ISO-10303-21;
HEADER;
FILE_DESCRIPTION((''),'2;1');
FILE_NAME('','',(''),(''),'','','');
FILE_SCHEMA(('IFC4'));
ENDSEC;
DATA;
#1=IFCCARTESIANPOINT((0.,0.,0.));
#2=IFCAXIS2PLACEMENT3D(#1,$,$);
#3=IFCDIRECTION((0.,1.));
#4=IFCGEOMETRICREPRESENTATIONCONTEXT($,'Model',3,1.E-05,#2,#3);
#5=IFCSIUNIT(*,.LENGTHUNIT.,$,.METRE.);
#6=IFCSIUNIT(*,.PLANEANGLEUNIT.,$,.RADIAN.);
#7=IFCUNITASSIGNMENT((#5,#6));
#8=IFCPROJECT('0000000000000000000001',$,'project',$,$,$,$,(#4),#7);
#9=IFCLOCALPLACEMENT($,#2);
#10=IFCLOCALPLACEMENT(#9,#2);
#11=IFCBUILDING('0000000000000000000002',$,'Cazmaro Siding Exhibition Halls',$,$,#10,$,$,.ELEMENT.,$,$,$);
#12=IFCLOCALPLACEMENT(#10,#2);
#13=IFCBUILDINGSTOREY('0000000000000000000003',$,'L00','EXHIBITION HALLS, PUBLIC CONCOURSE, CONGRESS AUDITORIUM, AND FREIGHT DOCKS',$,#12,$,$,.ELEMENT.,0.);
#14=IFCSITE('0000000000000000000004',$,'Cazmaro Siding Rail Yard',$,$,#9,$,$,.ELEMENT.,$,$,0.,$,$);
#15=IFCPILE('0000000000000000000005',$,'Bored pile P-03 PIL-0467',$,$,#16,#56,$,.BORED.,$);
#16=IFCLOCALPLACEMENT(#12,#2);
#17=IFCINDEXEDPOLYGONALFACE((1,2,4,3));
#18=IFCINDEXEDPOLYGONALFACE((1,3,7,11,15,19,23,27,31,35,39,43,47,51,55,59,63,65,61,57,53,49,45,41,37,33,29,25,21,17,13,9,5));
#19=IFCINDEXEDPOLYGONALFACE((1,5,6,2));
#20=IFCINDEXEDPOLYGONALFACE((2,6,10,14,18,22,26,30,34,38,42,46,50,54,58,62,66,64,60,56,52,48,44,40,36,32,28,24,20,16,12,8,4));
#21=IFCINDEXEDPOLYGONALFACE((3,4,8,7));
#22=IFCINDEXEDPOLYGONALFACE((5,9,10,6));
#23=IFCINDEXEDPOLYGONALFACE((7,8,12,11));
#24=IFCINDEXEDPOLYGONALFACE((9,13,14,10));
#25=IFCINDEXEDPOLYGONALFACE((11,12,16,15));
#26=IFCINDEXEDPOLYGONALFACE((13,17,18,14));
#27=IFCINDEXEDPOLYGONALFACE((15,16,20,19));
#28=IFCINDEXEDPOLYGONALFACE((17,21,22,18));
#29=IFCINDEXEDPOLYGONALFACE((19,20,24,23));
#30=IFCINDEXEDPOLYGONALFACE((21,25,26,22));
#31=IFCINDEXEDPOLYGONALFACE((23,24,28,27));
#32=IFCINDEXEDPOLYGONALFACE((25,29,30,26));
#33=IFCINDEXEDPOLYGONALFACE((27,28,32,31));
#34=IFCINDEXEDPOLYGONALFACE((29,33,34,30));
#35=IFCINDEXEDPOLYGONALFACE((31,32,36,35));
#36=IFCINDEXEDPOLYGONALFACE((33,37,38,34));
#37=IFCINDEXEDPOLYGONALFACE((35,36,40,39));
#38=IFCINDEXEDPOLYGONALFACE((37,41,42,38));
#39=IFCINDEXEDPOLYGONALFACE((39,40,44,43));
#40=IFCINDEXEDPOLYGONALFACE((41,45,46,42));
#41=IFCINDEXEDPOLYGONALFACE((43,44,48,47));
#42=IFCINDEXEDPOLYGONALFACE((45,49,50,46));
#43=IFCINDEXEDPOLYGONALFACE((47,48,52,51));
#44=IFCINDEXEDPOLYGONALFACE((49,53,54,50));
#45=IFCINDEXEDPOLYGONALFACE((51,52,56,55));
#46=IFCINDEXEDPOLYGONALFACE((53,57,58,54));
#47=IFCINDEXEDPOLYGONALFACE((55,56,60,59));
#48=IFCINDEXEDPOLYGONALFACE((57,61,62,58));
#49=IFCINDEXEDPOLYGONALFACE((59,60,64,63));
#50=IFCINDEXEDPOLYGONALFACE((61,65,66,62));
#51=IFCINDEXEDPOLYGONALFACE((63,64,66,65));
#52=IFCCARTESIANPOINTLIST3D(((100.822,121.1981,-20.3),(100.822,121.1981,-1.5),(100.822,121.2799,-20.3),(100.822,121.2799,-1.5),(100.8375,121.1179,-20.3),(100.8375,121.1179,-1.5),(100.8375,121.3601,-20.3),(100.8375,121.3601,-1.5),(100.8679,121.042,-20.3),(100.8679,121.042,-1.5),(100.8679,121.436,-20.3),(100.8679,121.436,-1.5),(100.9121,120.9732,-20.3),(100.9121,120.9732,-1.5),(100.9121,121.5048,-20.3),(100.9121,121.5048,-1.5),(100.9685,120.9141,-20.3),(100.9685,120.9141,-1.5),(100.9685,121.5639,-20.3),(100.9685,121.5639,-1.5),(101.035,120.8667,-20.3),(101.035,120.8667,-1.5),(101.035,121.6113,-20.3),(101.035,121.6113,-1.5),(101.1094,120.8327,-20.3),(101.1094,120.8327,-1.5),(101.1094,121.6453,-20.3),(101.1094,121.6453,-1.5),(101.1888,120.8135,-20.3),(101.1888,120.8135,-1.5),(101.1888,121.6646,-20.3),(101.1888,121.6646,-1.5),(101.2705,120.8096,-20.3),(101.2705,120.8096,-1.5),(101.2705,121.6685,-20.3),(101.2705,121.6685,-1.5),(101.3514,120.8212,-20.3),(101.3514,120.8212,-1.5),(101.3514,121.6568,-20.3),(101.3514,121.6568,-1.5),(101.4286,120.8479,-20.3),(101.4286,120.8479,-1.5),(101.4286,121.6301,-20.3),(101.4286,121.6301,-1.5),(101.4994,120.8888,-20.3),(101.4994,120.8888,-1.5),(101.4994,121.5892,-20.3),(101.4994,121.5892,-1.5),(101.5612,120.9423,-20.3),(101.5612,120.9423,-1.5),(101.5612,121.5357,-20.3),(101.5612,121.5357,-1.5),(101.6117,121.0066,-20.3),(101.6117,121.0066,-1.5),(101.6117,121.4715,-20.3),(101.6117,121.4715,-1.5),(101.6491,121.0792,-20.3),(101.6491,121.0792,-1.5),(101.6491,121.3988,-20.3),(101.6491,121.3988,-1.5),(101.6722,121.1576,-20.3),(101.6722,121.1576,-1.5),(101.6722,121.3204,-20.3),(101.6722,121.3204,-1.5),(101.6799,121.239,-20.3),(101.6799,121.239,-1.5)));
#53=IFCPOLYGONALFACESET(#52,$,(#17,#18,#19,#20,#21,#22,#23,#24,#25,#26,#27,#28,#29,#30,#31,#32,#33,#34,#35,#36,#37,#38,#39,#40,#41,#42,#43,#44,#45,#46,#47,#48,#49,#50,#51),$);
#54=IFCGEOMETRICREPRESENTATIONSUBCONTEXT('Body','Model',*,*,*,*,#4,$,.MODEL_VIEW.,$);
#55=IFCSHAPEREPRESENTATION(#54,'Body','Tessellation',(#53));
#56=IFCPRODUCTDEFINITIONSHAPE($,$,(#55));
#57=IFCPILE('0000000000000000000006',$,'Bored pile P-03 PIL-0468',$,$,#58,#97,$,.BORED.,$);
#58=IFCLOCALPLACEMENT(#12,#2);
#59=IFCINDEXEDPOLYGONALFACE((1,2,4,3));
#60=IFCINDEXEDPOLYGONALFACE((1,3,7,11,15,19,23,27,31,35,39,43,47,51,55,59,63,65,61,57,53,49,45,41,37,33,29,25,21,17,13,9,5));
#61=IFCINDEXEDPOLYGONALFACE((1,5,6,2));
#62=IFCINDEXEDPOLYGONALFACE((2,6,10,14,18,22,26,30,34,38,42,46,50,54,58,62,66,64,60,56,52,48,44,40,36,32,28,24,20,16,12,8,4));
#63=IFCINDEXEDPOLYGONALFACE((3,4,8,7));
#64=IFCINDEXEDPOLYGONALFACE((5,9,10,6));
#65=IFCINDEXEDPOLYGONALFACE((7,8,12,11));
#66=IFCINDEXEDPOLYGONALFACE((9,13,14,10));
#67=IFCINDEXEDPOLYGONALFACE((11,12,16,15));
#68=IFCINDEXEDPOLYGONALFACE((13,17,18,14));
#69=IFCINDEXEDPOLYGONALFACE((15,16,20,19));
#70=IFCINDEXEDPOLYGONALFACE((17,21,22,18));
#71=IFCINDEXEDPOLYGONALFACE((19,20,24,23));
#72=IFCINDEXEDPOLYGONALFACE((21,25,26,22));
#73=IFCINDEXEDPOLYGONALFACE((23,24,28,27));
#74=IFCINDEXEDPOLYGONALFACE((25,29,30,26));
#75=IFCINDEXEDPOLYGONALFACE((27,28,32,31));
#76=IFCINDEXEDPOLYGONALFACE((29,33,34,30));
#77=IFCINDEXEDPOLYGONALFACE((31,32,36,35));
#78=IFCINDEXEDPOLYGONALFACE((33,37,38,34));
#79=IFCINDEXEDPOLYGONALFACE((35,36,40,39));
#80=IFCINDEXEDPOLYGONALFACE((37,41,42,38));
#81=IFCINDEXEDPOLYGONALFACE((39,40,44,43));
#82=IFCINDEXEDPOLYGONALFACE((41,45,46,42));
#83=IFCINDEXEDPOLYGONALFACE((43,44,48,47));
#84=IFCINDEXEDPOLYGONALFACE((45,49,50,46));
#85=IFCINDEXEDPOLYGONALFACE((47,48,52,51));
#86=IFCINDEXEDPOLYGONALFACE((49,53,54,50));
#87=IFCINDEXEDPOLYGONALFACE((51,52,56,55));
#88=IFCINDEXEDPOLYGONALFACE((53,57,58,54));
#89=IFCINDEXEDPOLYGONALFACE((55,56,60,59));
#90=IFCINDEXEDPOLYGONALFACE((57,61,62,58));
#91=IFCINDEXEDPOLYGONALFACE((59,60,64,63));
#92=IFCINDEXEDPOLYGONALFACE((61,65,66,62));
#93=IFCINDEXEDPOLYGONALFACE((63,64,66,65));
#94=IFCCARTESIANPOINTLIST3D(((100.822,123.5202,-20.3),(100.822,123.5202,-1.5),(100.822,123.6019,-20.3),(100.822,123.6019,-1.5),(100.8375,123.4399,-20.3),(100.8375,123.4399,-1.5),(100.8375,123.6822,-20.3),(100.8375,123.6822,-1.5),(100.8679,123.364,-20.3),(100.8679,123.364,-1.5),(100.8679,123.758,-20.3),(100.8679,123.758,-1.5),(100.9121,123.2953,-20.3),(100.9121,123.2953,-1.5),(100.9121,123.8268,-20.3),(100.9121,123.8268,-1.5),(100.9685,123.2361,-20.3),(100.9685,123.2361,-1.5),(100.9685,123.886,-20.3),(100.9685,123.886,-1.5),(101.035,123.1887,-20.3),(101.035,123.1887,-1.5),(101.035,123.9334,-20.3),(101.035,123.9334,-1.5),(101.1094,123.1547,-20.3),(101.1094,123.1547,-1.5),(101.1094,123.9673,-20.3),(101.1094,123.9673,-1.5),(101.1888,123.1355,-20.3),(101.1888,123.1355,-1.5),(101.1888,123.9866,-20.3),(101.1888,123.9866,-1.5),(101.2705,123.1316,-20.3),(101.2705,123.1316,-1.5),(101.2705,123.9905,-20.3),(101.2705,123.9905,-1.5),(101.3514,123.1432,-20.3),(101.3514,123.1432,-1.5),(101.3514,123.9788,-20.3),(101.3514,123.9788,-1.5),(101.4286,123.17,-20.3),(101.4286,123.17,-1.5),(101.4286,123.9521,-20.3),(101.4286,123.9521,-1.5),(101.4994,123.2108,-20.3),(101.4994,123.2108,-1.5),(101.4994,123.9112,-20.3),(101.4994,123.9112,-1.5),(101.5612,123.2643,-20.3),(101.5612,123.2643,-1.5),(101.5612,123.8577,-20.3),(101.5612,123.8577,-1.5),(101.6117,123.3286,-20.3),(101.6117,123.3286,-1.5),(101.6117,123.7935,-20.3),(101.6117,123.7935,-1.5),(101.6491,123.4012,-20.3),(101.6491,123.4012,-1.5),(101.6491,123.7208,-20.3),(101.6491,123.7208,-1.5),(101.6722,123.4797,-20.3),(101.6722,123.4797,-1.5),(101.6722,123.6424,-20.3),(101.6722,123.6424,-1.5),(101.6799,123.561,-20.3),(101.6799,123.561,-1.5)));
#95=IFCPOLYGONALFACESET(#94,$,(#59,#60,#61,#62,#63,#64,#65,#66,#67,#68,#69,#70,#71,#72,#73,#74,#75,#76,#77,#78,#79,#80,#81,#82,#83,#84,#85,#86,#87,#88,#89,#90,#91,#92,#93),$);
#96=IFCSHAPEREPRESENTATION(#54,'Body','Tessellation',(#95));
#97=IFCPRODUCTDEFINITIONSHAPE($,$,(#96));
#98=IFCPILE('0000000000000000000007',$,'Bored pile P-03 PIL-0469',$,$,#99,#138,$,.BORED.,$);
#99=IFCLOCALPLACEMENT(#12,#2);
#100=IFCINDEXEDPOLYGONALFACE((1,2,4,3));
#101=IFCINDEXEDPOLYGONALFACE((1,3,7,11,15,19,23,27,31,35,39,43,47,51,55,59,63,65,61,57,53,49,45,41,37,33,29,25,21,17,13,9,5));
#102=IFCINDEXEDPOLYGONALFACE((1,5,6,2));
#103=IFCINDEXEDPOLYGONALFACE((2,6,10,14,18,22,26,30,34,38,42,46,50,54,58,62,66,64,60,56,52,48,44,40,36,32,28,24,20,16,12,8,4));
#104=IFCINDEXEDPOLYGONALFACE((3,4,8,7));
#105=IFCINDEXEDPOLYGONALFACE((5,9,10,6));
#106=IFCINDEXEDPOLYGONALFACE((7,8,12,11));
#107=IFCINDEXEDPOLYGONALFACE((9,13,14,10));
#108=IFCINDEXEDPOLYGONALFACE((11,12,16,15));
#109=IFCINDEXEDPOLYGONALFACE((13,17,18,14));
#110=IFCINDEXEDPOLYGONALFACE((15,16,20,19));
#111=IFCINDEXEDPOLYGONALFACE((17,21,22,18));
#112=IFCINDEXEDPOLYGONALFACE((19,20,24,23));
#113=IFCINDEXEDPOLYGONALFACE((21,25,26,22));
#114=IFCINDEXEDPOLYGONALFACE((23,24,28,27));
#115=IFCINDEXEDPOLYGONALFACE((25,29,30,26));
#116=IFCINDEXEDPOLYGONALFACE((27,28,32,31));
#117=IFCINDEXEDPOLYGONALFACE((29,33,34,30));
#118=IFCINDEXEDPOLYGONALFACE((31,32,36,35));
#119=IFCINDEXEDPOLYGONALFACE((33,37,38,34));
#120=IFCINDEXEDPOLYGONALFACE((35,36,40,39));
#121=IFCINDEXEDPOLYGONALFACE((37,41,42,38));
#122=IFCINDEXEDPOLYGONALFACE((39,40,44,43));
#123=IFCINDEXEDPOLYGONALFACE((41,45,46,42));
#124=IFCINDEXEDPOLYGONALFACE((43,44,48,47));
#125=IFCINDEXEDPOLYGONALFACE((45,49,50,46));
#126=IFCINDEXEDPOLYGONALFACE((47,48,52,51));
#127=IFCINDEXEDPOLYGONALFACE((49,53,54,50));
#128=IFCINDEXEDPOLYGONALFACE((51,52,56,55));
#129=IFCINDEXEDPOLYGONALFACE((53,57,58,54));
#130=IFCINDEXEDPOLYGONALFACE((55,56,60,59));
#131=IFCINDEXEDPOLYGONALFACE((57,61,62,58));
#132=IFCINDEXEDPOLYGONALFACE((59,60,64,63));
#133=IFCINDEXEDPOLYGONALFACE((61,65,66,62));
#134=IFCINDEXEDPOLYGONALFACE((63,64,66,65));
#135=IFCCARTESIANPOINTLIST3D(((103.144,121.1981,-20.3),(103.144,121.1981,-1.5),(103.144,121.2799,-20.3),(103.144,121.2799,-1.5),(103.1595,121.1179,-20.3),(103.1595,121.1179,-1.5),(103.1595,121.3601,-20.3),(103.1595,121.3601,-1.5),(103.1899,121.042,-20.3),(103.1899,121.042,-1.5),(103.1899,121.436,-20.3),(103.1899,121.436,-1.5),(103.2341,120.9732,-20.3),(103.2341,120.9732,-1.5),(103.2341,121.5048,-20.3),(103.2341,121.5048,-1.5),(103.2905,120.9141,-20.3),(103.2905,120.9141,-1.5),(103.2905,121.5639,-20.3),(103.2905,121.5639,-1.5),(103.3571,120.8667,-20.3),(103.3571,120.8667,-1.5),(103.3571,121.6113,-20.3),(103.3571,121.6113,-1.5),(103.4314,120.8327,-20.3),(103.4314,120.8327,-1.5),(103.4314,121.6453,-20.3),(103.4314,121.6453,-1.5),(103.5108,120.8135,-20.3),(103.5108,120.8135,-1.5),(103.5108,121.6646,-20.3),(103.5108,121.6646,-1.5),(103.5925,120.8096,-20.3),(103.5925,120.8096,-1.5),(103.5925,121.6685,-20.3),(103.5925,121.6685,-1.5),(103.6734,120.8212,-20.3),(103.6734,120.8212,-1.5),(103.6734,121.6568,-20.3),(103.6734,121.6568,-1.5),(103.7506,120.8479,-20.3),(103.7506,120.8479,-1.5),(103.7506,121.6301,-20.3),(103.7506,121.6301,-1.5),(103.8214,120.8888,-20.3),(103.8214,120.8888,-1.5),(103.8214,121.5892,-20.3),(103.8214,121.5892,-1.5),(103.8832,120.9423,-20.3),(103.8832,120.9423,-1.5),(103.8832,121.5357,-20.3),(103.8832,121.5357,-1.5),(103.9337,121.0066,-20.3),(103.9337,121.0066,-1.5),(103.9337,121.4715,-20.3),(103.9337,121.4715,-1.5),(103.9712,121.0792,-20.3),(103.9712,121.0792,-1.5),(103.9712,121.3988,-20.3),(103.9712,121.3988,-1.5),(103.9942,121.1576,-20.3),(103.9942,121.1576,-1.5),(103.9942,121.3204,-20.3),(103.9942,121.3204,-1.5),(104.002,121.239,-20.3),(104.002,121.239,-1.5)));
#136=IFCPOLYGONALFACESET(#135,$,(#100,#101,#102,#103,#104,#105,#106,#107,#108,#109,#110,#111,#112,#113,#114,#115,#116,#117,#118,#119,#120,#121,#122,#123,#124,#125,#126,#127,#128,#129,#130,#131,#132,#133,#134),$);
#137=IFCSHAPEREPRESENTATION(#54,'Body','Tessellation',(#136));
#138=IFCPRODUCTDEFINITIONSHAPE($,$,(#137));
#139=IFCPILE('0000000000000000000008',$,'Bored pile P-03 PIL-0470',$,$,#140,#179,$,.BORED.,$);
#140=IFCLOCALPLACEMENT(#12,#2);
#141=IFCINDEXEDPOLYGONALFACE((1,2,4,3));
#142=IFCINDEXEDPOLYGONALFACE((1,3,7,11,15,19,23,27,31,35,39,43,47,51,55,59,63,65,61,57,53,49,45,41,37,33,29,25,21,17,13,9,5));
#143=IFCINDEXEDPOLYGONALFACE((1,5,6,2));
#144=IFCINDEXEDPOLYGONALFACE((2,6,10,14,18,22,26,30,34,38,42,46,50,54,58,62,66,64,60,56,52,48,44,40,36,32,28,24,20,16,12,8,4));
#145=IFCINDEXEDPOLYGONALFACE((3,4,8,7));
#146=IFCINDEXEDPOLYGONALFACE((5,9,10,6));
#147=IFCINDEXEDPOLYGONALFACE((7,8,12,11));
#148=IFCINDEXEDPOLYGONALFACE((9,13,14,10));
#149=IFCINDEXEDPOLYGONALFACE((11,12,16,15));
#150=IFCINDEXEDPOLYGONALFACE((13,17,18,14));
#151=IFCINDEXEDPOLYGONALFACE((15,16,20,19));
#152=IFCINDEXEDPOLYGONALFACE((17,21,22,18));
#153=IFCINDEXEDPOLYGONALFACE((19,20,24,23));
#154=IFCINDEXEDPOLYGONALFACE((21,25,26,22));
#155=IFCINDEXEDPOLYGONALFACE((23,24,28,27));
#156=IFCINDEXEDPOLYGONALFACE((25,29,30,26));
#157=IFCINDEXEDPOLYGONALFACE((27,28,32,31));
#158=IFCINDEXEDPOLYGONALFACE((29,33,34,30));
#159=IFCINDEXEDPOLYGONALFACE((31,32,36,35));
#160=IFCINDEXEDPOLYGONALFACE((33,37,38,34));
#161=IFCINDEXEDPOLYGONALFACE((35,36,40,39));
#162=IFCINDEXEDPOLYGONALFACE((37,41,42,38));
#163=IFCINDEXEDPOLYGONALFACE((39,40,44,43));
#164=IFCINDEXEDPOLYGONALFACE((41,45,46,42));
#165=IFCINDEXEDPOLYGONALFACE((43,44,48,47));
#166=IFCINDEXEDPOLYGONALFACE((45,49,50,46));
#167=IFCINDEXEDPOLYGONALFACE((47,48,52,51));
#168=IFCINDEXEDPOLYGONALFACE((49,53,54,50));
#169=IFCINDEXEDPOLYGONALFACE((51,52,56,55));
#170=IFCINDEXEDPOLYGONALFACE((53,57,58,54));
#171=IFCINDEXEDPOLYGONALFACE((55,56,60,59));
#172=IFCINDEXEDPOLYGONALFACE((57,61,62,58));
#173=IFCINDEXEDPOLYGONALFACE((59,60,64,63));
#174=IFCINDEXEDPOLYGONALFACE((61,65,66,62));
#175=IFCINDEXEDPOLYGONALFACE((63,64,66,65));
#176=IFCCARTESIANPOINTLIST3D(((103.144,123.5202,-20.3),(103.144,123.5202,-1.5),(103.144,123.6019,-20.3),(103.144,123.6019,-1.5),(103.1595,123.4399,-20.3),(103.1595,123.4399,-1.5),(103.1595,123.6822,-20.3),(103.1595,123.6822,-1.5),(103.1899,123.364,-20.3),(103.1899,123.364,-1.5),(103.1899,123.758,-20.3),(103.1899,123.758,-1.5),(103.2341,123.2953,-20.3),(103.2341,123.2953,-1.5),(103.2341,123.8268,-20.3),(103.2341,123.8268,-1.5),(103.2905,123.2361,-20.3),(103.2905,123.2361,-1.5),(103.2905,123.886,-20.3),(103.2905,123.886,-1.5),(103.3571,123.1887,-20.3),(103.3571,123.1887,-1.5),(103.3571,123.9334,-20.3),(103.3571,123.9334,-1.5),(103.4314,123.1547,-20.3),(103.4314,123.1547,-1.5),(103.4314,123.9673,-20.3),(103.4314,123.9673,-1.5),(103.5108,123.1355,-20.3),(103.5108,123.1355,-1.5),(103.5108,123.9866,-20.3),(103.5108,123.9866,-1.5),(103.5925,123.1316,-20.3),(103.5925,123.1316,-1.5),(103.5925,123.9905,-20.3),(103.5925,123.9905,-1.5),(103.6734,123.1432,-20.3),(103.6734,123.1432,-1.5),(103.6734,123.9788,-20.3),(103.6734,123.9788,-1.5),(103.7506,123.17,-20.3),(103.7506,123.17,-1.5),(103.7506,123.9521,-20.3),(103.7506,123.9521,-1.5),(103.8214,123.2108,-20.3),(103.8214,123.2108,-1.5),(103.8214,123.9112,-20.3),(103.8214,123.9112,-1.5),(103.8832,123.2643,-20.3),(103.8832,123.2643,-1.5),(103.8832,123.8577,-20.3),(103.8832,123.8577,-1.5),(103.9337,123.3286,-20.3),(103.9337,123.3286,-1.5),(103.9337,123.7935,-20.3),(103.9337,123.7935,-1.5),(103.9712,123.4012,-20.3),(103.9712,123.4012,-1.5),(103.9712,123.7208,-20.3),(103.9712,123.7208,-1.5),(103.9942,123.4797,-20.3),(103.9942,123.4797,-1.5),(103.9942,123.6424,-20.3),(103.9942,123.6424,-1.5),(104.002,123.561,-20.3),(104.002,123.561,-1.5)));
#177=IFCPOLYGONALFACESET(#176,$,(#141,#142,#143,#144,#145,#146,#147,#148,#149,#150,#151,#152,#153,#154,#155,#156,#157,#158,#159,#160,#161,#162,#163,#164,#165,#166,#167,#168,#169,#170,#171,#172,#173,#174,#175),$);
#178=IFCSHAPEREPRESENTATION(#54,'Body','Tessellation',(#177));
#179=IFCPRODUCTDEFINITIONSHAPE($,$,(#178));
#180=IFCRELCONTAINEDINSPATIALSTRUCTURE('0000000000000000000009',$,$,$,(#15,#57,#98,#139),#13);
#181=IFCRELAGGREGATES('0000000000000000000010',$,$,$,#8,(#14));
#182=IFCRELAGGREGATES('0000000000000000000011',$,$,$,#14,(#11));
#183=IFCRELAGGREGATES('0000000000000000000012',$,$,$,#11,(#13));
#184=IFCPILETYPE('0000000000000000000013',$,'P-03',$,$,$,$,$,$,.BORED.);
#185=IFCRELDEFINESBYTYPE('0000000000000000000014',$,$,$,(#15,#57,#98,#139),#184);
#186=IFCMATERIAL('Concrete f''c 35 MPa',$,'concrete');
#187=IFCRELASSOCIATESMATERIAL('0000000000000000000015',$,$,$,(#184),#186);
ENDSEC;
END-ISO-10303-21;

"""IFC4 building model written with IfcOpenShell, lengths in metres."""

from ifc_helpers import new_model, si_unit, direction, frame, origin, origin_2d, place, context, subcontext, project, spatial, circle, extrude, material, material_profile, profile_set, type_object, element, save


model = new_model("IFC4")

# Units and contexts
model_context = context("Model", 3, precision=1e-05, world=origin(), true_north=direction((0.0, 1.0)))
body_context = subcontext(model_context, "Body", "Model", "MODEL_VIEW")
ifc_project = project(units=[si_unit("LENGTHUNIT", "METRE"), si_unit("PLANEANGLEUNIT", "RADIAN")], contexts=[model_context])

# Site, building, storey
site_placement = place(None, origin())
site = spatial("IfcSite", under=ifc_project, at=site_placement, Name="Cazmaro Siding Rail Yard", CompositionType="ELEMENT", RefElevation=0.0)
building_placement = place(site_placement, origin())
building = spatial("IfcBuilding", under=site, at=building_placement, Name="Cazmaro Siding Exhibition Halls", CompositionType="ELEMENT")
storey_placement = place(building_placement, origin())
storey = spatial("IfcBuildingStorey", under=building, at=storey_placement, Name="L00", Description="EXHIBITION HALLS, PUBLIC CONCOURSE, CONGRESS AUDITORIUM, AND FREIGHT DOCKS", CompositionType="ELEMENT", Elevation=0.0)

# Piles
ifc_material_1 = material(Name="Concrete f'c 35 MPa", Category="concrete")
ifc_material_profile_1 = material_profile(ifc_material_1, circle(Radius=0.4299, at=origin_2d()), Name="CIDH-860")
ifc_profile_set_1 = profile_set([ifc_material_profile_1], Name="Concrete f'c 35 MPa")
pile_type = type_object("IfcPileType", Name="P-03", PredefinedType="BORED", material=ifc_profile_set_1)
for number, where, z_axis, x_axis, name in (
    (1, (101.25, 121.239, -1.5), (0.0, 0.0, -1.0), (1.0, 0.0, 0.0), "Bored pile P-03 PIL-0467"),
    (2, (101.25, 123.561, -1.5), (0.0, 0.0, -1.0), (1.0, 0.0, 0.0), "Bored pile P-03 PIL-0468"),
    (3, (103.572, 121.239, -1.5), (0.0, 0.0, -1.0), (1.0, 0.0, 0.0), "Bored pile P-03 PIL-0469"),
    (4, (103.572, 123.561, -1.5), (0.0, 0.0, -1.0), (1.0, 0.0, 0.0), "Bored pile P-03 PIL-0470"),
):
    element("IfcPile", number, at=place(storey_placement, frame(where, z_axis=z_axis, x_axis=x_axis)), inside=storey, type_object=pile_type, Name=name, PredefinedType="BORED", context=body_context, shape_type="SweptSolid", body=[
        extrude(circle(Radius=0.4299, at=origin_2d()), origin(), (0.0, 0.0, 1.0), 18.8),
    ])

save(model, "model.ifc")
